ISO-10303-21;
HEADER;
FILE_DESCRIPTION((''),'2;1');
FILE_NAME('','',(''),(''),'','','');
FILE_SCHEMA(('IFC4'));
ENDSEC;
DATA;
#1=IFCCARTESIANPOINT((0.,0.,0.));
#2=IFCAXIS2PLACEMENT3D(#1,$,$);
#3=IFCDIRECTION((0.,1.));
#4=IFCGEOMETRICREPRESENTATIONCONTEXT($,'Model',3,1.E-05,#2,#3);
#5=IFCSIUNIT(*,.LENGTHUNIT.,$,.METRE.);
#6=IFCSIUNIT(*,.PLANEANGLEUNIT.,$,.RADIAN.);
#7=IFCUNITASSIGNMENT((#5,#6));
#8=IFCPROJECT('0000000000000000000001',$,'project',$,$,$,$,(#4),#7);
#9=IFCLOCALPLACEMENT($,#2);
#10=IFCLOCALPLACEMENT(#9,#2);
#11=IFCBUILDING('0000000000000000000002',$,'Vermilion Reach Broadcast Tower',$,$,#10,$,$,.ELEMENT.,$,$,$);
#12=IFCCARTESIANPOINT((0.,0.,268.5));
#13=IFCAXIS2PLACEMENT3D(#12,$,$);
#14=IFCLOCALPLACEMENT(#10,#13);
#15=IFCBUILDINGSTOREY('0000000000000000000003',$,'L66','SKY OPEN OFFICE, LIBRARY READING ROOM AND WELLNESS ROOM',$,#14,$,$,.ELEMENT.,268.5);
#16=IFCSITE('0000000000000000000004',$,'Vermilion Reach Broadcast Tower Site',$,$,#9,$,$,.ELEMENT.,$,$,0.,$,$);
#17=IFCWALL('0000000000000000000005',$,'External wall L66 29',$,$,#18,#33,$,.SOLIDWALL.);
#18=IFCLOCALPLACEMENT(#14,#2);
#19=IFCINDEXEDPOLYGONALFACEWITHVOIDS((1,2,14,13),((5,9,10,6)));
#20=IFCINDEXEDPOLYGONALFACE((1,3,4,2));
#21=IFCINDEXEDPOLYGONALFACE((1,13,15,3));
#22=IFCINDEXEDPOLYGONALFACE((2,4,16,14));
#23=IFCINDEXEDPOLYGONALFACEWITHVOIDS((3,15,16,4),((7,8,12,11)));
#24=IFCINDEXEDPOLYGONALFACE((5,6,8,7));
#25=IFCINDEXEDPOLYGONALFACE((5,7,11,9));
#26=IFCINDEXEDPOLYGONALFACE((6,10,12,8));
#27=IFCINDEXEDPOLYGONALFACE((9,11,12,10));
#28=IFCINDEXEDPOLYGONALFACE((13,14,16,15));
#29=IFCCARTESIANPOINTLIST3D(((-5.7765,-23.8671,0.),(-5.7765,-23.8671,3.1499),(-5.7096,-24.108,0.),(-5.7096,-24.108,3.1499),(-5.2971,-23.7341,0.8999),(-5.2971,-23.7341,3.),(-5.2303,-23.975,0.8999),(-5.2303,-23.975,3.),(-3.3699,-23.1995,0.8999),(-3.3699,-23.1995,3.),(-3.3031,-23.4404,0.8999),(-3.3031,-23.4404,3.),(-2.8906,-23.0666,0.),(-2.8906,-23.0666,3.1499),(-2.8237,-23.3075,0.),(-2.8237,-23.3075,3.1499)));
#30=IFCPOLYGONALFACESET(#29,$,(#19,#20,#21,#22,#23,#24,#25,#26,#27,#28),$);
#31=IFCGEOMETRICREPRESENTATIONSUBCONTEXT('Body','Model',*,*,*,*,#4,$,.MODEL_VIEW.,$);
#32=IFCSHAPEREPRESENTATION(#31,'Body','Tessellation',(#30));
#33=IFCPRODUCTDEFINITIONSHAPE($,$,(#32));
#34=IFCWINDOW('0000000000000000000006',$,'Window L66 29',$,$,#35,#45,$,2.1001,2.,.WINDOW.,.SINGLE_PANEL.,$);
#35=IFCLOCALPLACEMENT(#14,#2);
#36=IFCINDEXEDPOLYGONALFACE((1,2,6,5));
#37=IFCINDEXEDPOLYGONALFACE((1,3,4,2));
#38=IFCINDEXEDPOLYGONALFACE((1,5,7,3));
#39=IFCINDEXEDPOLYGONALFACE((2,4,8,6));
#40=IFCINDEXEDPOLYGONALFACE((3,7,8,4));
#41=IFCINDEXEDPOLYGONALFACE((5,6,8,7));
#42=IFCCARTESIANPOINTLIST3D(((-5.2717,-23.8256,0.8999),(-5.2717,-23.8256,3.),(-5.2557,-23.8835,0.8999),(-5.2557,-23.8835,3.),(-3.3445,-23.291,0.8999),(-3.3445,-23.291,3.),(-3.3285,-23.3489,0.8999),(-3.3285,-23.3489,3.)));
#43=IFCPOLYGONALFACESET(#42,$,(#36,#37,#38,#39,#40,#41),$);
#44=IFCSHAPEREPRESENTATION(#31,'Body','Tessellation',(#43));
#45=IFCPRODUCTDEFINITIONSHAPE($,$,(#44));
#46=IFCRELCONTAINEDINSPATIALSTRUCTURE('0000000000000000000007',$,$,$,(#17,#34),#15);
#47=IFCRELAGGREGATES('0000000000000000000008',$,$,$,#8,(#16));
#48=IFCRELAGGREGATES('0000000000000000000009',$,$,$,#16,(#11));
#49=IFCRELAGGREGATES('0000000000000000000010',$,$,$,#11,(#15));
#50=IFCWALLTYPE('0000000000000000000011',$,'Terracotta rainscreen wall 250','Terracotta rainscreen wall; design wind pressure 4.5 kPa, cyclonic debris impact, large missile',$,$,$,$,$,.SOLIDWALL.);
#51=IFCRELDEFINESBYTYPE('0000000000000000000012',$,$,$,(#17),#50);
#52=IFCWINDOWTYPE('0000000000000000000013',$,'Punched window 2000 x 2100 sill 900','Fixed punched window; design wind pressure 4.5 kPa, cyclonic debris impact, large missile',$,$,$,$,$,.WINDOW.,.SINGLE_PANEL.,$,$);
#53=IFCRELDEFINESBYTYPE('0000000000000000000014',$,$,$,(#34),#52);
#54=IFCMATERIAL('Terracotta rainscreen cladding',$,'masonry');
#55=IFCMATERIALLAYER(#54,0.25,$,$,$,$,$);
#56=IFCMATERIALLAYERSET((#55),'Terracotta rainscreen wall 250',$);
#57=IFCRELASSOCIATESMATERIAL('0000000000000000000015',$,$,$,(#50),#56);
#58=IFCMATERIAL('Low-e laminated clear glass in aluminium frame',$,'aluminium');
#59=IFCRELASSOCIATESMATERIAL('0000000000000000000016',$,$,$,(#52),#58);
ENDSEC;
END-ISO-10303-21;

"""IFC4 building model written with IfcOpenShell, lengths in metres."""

from ifc_helpers import new_model, si_unit, direction, frame, frame_2d, origin, place, context, subcontext, project, spatial, rectangle, extrude, material, layer, layer_set, type_object, element, fill, save


model = new_model("IFC4")

# Units and contexts
model_context = context("Model", 3, precision=1e-05, world=origin(), true_north=direction((0.0, 1.0)))
body_context = subcontext(model_context, "Body", "Model", "MODEL_VIEW")
ifc_project = project(units=[si_unit("LENGTHUNIT", "METRE"), si_unit("PLANEANGLEUNIT", "RADIAN")], contexts=[model_context])

# Site, building, storey
site_placement = place(None, origin())
site = spatial("IfcSite", under=ifc_project, at=site_placement, Name="Vermilion Reach Broadcast Tower Site", CompositionType="ELEMENT", RefElevation=0.0)
building_placement = place(site_placement, origin())
building = spatial("IfcBuilding", under=site, at=building_placement, Name="Vermilion Reach Broadcast Tower", CompositionType="ELEMENT")
storey_placement = place(building_placement, frame((0.0, 0.0, 268.5)))
storey = spatial("IfcBuildingStorey", under=building, at=storey_placement, Name="L66", Description="SKY OPEN OFFICE, LIBRARY READING ROOM AND WELLNESS ROOM", CompositionType="ELEMENT", Elevation=268.5)

# Shared definitions
ifc_material_1 = material(Name="Terracotta rainscreen cladding", Category="masonry")
ifc_layer_1 = layer(ifc_material_1, 0.25)
ifc_layer_set_1 = layer_set([ifc_layer_1], Name="Terracotta rainscreen wall 250")
wall_type_1 = type_object("IfcWallType", Name="Terracotta rainscreen wall 250", Description="Terracotta rainscreen wall; design wind pressure 4.5 kPa, cyclonic debris impact, large missile", PredefinedType="SOLIDWALL", material=ifc_layer_set_1)

# Wall, opening, window
ifc_material_2 = material(Name="Low-e laminated clear glass in aluminium frame", Category="aluminium")
window_type = type_object("IfcWindowType", Name="Punched window 2000 x 2100 sill 900", Description="Fixed punched window; design wind pressure 4.5 kPa, cyclonic debris impact, large missile", PartitioningType="SINGLE_PANEL", PredefinedType="WINDOW", material=ifc_material_2)
wall_1_placement = place(storey_placement, frame((-5.7432, -23.9875, 0.0), z_axis=(0.0, 0.0, 1.0), x_axis=(0.963615, 0.267295, 0.0)))
wall_1 = element("IfcWall", 1, at=wall_1_placement, inside=storey, type_object=wall_type_1, Name="External wall L66 29", PredefinedType="SOLIDWALL", context=body_context, shape_type="SweptSolid", body=[
    extrude(rectangle(XDim=2.9949, YDim=0.25, at=frame_2d((1.4976, 0.0))), origin(), (0.0, 0.0, 1.0), 3.1499),
])
opening_1_placement = place(wall_1_placement, frame((0.4976, 0.0, 0.8999)))
opening_1 = element("IfcOpeningElement", 2, at=opening_1_placement, cuts=wall_1, PredefinedType="OPENING", context=body_context, shape_type="SweptSolid", body=[
    extrude(rectangle(XDim=2.0, YDim=2.1001, at=frame_2d((1.0, 1.05))), frame((0.0, 0.135, 0.0), z_axis=(0.0, -1.0, 0.0), x_axis=(1.0, 0.0, 0.0)), (0.0, 0.0, 1.0), 0.27),
])
window_1_placement = place(opening_1_placement, origin())
window_1 = element("IfcWindow", 3, at=window_1_placement, inside=storey, type_object=window_type, Name="Window L66 29", OverallHeight=2.1001, OverallWidth=2.0, PartitioningType="SINGLE_PANEL", PredefinedType="WINDOW", context=body_context, shape_type="SweptSolid", body=[
    extrude(rectangle(XDim=2.0, YDim=2.1001, at=frame_2d((1.0, 1.05))), frame((0.0, 0.03, 0.0), z_axis=(0.0, -1.0, 0.0), x_axis=(1.0, 0.0, 0.0)), (0.0, 0.0, 1.0), 0.0601),
])
fill(opening_1, window_1)

save(model, "model.ifc")
